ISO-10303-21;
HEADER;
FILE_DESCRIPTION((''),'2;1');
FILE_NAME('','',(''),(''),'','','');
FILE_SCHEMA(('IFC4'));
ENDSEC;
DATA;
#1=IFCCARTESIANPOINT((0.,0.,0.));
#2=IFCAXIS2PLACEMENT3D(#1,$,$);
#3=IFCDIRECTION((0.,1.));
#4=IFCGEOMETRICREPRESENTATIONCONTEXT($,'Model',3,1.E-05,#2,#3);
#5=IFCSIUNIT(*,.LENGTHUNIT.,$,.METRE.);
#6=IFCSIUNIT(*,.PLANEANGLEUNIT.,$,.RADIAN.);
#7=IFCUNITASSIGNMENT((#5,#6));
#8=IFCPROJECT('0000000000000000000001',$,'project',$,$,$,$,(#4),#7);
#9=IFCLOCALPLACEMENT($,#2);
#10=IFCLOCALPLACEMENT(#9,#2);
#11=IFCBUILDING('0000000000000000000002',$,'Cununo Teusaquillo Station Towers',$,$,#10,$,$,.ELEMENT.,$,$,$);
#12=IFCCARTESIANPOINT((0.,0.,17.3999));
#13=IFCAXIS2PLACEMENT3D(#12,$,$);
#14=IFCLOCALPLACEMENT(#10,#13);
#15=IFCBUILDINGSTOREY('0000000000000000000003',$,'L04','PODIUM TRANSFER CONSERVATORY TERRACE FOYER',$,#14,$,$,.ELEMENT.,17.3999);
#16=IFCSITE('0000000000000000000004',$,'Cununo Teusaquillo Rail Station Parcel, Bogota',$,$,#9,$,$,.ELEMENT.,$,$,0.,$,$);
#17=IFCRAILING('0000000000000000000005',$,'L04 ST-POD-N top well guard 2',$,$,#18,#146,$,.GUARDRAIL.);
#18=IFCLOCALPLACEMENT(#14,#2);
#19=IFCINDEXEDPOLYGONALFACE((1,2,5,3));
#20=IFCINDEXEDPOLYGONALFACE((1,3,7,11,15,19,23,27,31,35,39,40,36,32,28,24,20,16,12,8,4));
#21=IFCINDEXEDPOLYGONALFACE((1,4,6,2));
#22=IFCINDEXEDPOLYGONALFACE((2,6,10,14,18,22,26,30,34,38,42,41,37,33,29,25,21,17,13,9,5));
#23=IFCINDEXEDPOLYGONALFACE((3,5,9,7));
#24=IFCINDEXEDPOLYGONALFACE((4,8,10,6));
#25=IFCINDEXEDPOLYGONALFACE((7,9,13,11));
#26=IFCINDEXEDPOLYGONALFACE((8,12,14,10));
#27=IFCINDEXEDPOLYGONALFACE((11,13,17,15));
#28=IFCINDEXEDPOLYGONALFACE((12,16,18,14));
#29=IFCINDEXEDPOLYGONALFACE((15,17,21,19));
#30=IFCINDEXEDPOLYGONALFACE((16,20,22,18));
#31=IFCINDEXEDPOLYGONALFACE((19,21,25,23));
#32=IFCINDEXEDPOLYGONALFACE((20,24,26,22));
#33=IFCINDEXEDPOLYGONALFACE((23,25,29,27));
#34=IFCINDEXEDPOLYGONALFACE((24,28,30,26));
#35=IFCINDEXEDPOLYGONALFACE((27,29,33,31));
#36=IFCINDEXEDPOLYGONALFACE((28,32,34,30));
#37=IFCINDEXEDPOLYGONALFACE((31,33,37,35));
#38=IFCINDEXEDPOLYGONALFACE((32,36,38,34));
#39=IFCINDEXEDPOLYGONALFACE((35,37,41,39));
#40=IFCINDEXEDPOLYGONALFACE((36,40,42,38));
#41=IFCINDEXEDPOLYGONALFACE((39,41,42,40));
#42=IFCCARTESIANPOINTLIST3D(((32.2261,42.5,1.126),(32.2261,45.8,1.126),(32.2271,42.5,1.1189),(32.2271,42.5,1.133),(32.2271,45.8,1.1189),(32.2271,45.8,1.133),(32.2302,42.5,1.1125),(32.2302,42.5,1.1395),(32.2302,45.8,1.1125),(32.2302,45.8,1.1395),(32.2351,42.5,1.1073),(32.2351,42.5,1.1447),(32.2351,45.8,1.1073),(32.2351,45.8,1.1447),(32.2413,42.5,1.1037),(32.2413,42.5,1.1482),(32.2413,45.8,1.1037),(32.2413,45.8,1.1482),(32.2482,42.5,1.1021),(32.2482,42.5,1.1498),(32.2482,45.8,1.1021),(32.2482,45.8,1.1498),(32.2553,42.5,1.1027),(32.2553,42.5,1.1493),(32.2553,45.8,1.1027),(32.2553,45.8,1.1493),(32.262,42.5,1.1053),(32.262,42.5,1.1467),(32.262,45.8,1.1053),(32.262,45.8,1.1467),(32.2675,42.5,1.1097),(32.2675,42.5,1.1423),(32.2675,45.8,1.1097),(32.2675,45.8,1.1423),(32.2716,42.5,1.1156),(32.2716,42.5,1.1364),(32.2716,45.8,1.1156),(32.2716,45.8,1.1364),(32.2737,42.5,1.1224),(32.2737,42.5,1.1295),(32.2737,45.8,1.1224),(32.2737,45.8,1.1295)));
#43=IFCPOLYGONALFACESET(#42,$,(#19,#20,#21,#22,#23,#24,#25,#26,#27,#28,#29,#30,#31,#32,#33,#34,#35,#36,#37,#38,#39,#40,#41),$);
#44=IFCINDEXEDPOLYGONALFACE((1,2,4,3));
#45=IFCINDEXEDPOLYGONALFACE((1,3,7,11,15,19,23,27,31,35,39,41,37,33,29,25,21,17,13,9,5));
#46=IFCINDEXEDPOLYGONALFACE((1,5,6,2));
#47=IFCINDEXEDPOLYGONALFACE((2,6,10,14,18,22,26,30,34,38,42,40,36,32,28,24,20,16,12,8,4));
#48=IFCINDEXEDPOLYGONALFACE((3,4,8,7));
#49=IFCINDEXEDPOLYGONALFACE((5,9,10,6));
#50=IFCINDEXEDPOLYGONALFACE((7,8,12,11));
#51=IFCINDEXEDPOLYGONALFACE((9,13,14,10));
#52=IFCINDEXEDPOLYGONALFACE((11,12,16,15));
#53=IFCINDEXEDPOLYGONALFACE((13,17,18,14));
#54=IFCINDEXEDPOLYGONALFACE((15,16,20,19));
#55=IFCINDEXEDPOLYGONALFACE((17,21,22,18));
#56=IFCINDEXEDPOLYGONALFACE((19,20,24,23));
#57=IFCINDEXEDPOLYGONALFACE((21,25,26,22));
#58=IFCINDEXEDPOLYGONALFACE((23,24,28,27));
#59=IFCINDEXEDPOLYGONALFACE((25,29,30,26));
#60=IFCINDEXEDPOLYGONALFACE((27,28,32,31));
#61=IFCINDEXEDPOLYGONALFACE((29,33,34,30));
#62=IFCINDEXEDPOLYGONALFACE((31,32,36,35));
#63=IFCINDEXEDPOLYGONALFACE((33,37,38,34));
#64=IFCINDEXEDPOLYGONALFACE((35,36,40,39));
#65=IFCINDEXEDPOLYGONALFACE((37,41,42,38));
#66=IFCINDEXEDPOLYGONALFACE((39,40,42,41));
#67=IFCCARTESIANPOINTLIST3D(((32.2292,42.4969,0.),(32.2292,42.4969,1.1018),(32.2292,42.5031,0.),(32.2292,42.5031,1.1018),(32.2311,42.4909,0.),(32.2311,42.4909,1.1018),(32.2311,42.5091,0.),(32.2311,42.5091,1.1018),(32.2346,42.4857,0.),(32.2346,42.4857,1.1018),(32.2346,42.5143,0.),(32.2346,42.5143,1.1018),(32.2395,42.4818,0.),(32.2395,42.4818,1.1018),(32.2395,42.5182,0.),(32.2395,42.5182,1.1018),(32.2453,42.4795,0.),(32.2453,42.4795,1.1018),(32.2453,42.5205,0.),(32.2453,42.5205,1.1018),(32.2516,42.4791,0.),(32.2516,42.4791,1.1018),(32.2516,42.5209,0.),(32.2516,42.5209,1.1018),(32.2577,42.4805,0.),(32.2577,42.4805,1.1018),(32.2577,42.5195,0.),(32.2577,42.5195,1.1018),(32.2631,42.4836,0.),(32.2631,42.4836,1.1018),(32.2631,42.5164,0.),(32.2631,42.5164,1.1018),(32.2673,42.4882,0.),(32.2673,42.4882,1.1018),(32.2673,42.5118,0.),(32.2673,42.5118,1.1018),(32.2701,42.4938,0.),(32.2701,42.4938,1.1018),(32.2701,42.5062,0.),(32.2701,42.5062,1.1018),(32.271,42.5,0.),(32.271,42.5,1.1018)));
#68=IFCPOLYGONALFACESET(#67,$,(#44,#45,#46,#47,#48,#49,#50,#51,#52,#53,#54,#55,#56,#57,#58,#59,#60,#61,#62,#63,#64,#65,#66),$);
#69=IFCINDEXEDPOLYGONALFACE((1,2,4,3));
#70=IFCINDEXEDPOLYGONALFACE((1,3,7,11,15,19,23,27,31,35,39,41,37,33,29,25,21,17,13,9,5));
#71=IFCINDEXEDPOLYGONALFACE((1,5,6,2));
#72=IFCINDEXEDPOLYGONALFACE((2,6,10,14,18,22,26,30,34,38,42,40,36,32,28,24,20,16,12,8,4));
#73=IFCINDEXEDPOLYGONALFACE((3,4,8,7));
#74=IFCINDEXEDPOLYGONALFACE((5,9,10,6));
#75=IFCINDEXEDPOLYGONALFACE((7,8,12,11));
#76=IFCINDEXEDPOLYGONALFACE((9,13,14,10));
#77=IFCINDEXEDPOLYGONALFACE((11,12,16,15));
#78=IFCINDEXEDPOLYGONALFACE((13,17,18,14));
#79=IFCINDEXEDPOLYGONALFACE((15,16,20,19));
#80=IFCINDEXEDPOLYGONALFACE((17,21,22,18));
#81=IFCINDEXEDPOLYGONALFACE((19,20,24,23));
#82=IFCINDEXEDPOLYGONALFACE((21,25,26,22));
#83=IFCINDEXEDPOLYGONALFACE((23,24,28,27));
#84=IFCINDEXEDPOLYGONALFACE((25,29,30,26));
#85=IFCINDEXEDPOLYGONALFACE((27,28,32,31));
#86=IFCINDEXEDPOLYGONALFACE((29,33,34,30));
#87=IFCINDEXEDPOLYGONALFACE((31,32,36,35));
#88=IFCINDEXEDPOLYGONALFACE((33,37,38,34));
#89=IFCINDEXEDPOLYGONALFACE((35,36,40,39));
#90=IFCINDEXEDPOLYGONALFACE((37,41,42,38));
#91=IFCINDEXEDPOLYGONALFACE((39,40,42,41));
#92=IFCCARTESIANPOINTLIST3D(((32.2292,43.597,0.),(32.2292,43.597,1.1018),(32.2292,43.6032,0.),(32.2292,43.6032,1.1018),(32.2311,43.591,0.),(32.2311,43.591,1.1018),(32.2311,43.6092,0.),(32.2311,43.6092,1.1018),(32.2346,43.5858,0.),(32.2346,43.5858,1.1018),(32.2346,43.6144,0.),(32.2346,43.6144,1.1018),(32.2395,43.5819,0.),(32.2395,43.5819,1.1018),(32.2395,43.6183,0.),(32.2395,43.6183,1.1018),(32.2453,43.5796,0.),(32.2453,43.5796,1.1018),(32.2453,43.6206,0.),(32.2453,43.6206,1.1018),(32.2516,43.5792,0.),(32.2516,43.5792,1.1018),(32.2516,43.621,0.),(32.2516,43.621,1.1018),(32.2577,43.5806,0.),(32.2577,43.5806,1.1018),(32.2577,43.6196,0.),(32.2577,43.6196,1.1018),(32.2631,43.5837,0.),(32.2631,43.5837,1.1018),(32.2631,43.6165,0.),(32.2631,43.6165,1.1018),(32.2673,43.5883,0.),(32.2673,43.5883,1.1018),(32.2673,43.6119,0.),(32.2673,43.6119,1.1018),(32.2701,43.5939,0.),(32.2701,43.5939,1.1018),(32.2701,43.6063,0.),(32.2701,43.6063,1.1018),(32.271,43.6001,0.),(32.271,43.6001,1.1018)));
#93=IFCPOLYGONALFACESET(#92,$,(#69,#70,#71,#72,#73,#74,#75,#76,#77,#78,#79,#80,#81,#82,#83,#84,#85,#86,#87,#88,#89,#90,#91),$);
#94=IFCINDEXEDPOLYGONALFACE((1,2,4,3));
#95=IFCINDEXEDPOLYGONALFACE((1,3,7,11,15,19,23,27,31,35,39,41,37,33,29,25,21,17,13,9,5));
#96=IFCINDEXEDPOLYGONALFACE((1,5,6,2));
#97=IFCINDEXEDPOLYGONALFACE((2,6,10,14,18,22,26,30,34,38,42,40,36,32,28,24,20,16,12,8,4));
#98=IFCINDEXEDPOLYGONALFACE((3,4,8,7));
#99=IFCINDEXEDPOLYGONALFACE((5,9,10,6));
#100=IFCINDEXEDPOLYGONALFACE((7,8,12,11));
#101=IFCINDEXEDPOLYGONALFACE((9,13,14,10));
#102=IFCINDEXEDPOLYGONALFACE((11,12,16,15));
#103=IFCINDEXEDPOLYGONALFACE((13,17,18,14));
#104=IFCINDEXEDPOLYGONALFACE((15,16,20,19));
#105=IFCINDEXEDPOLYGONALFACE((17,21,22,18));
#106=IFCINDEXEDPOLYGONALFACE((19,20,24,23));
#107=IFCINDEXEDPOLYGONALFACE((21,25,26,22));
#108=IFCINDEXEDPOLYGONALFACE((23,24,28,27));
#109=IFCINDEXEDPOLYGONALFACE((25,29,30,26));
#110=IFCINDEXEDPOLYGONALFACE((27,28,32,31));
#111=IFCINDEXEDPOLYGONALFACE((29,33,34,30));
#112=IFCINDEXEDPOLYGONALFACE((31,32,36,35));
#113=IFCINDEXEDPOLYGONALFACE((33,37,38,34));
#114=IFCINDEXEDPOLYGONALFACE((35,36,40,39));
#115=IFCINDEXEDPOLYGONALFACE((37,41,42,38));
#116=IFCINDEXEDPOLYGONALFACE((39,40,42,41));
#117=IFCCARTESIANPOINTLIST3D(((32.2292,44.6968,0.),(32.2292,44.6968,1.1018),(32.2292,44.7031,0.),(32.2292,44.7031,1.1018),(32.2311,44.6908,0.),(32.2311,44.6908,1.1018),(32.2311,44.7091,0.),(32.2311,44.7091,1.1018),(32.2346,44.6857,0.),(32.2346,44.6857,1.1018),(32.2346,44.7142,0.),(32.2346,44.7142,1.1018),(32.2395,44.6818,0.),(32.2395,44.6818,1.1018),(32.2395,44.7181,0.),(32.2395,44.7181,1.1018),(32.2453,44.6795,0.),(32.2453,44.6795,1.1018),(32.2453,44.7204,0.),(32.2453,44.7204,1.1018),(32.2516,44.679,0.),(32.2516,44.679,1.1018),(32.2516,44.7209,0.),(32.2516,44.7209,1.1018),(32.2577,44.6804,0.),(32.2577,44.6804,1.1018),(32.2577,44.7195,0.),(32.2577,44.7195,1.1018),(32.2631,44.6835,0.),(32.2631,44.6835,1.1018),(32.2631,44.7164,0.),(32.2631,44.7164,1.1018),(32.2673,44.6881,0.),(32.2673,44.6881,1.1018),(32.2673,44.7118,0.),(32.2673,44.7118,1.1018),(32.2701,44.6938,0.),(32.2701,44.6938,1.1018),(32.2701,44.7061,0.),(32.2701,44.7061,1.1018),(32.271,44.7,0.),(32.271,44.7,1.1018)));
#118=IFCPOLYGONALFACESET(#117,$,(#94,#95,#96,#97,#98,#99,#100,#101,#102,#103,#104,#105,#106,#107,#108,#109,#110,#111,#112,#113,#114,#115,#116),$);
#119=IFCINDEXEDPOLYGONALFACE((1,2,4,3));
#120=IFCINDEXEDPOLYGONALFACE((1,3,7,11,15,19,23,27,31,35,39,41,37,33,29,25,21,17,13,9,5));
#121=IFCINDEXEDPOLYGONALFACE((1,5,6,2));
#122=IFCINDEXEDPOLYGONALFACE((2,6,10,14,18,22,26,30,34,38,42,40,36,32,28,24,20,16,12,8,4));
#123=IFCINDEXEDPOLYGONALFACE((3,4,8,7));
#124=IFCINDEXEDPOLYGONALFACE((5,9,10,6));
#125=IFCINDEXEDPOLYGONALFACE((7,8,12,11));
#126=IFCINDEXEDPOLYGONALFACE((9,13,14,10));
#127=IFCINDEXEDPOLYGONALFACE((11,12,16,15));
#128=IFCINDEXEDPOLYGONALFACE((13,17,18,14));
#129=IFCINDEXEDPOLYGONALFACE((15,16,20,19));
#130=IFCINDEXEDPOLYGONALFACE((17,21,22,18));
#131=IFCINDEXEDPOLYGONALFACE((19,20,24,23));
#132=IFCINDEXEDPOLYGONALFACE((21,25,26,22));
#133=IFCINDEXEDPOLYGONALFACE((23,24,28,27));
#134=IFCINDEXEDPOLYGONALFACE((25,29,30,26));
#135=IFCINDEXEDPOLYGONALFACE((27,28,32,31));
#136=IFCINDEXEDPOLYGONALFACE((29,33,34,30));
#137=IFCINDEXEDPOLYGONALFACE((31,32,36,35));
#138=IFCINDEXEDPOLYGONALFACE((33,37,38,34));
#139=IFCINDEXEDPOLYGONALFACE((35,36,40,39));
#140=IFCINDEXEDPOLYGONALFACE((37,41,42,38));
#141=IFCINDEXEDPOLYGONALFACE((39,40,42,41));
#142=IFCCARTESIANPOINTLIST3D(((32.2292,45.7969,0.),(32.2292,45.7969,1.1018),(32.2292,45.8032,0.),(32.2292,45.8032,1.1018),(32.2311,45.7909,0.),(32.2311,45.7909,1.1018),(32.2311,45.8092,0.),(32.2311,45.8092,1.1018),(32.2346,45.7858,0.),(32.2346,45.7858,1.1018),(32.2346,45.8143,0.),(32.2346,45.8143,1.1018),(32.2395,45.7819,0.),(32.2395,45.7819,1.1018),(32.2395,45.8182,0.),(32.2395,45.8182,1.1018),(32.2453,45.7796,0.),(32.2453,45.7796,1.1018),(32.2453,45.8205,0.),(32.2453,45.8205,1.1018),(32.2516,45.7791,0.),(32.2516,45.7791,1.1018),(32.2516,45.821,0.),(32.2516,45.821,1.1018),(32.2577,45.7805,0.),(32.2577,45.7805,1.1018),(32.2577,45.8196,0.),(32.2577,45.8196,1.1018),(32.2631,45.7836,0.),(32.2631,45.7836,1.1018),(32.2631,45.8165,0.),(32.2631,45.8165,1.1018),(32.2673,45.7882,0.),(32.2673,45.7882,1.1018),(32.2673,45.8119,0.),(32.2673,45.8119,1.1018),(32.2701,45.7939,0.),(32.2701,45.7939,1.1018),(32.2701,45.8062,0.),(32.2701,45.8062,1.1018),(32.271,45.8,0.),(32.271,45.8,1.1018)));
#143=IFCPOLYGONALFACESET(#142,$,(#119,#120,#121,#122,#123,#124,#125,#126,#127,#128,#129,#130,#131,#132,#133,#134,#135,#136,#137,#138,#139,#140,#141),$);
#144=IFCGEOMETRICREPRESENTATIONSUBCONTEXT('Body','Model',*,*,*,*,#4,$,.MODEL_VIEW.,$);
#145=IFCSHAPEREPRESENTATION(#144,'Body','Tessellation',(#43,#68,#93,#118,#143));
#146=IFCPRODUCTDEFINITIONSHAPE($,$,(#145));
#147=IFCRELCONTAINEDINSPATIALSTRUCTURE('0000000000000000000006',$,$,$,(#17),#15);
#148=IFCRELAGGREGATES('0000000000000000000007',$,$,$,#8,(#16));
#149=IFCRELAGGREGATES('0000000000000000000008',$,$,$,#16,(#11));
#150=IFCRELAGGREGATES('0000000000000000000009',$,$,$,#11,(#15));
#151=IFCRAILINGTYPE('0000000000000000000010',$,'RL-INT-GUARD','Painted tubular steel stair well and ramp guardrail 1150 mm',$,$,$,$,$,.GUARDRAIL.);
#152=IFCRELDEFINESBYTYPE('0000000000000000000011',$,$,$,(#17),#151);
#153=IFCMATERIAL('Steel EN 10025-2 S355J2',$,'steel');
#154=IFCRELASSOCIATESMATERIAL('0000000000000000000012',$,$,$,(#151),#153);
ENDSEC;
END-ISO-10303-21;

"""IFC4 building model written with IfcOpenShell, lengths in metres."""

from ifc_helpers import new_model, si_unit, direction, frame, origin, origin_2d, place, context, subcontext, project, spatial, circle, extrude, material, type_object, element, save


model = new_model("IFC4")

# Units and contexts
model_context = context("Model", 3, precision=1e-05, world=origin(), true_north=direction((0.0, 1.0)))
body_context = subcontext(model_context, "Body", "Model", "MODEL_VIEW")
ifc_project = project(units=[si_unit("LENGTHUNIT", "METRE"), si_unit("PLANEANGLEUNIT", "RADIAN")], contexts=[model_context])

# Site, building, storey
site_placement = place(None, origin())
site = spatial("IfcSite", under=ifc_project, at=site_placement, Name="Cununo Teusaquillo Rail Station Parcel, Bogota", CompositionType="ELEMENT", RefElevation=0.0)
building_placement = place(site_placement, origin())
building = spatial("IfcBuilding", under=site, at=building_placement, Name="Cununo Teusaquillo Station Towers", CompositionType="ELEMENT")
storey_placement = place(building_placement, frame((0.0, 0.0, 17.3999)))
storey = spatial("IfcBuildingStorey", under=building, at=storey_placement, Name="L04", Description="PODIUM TRANSFER CONSERVATORY TERRACE FOYER", CompositionType="ELEMENT", Elevation=17.3999)

# Railing
ifc_material_1 = material(Name="Steel EN 10025-2 S355J2", Category="steel")
railing_type = type_object("IfcRailingType", Name="RL-INT-GUARD", Description="Painted tubular steel stair well and ramp guardrail 1150 mm", PredefinedType="GUARDRAIL", material=ifc_material_1)
railing_1_placement = place(storey_placement, frame((32.25, 42.5, 0.0)))
element("IfcRailing", 1, at=railing_1_placement, inside=storey, type_object=railing_type, Name="L04 ST-POD-N top well guard 2", PredefinedType="GUARDRAIL", context=body_context, shape_type="SweptSolid", body=[
    extrude(circle(Radius=0.0239, at=origin_2d()), frame((0.0, 0.0, 1.126), z_axis=(0.0, 1.0, 0.0), x_axis=(-1.0, 0.0, 0.0)), (0.0, 0.0, 1.0), 3.3),
    extrude(circle(Radius=0.021, at=origin_2d()), origin(), (0.0, 0.0, 1.0), 1.1018),
    extrude(circle(Radius=0.021, at=origin_2d()), frame((0.0, 1.1001, 0.0)), (0.0, 0.0, 1.0), 1.1018),
    extrude(circle(Radius=0.021, at=origin_2d()), frame((0.0, 2.2, 0.0)), (0.0, 0.0, 1.0), 1.1018),
    extrude(circle(Radius=0.021, at=origin_2d()), frame((0.0, 3.3, 0.0)), (0.0, 0.0, 1.0), 1.1018),
])

save(model, "model.ifc")
